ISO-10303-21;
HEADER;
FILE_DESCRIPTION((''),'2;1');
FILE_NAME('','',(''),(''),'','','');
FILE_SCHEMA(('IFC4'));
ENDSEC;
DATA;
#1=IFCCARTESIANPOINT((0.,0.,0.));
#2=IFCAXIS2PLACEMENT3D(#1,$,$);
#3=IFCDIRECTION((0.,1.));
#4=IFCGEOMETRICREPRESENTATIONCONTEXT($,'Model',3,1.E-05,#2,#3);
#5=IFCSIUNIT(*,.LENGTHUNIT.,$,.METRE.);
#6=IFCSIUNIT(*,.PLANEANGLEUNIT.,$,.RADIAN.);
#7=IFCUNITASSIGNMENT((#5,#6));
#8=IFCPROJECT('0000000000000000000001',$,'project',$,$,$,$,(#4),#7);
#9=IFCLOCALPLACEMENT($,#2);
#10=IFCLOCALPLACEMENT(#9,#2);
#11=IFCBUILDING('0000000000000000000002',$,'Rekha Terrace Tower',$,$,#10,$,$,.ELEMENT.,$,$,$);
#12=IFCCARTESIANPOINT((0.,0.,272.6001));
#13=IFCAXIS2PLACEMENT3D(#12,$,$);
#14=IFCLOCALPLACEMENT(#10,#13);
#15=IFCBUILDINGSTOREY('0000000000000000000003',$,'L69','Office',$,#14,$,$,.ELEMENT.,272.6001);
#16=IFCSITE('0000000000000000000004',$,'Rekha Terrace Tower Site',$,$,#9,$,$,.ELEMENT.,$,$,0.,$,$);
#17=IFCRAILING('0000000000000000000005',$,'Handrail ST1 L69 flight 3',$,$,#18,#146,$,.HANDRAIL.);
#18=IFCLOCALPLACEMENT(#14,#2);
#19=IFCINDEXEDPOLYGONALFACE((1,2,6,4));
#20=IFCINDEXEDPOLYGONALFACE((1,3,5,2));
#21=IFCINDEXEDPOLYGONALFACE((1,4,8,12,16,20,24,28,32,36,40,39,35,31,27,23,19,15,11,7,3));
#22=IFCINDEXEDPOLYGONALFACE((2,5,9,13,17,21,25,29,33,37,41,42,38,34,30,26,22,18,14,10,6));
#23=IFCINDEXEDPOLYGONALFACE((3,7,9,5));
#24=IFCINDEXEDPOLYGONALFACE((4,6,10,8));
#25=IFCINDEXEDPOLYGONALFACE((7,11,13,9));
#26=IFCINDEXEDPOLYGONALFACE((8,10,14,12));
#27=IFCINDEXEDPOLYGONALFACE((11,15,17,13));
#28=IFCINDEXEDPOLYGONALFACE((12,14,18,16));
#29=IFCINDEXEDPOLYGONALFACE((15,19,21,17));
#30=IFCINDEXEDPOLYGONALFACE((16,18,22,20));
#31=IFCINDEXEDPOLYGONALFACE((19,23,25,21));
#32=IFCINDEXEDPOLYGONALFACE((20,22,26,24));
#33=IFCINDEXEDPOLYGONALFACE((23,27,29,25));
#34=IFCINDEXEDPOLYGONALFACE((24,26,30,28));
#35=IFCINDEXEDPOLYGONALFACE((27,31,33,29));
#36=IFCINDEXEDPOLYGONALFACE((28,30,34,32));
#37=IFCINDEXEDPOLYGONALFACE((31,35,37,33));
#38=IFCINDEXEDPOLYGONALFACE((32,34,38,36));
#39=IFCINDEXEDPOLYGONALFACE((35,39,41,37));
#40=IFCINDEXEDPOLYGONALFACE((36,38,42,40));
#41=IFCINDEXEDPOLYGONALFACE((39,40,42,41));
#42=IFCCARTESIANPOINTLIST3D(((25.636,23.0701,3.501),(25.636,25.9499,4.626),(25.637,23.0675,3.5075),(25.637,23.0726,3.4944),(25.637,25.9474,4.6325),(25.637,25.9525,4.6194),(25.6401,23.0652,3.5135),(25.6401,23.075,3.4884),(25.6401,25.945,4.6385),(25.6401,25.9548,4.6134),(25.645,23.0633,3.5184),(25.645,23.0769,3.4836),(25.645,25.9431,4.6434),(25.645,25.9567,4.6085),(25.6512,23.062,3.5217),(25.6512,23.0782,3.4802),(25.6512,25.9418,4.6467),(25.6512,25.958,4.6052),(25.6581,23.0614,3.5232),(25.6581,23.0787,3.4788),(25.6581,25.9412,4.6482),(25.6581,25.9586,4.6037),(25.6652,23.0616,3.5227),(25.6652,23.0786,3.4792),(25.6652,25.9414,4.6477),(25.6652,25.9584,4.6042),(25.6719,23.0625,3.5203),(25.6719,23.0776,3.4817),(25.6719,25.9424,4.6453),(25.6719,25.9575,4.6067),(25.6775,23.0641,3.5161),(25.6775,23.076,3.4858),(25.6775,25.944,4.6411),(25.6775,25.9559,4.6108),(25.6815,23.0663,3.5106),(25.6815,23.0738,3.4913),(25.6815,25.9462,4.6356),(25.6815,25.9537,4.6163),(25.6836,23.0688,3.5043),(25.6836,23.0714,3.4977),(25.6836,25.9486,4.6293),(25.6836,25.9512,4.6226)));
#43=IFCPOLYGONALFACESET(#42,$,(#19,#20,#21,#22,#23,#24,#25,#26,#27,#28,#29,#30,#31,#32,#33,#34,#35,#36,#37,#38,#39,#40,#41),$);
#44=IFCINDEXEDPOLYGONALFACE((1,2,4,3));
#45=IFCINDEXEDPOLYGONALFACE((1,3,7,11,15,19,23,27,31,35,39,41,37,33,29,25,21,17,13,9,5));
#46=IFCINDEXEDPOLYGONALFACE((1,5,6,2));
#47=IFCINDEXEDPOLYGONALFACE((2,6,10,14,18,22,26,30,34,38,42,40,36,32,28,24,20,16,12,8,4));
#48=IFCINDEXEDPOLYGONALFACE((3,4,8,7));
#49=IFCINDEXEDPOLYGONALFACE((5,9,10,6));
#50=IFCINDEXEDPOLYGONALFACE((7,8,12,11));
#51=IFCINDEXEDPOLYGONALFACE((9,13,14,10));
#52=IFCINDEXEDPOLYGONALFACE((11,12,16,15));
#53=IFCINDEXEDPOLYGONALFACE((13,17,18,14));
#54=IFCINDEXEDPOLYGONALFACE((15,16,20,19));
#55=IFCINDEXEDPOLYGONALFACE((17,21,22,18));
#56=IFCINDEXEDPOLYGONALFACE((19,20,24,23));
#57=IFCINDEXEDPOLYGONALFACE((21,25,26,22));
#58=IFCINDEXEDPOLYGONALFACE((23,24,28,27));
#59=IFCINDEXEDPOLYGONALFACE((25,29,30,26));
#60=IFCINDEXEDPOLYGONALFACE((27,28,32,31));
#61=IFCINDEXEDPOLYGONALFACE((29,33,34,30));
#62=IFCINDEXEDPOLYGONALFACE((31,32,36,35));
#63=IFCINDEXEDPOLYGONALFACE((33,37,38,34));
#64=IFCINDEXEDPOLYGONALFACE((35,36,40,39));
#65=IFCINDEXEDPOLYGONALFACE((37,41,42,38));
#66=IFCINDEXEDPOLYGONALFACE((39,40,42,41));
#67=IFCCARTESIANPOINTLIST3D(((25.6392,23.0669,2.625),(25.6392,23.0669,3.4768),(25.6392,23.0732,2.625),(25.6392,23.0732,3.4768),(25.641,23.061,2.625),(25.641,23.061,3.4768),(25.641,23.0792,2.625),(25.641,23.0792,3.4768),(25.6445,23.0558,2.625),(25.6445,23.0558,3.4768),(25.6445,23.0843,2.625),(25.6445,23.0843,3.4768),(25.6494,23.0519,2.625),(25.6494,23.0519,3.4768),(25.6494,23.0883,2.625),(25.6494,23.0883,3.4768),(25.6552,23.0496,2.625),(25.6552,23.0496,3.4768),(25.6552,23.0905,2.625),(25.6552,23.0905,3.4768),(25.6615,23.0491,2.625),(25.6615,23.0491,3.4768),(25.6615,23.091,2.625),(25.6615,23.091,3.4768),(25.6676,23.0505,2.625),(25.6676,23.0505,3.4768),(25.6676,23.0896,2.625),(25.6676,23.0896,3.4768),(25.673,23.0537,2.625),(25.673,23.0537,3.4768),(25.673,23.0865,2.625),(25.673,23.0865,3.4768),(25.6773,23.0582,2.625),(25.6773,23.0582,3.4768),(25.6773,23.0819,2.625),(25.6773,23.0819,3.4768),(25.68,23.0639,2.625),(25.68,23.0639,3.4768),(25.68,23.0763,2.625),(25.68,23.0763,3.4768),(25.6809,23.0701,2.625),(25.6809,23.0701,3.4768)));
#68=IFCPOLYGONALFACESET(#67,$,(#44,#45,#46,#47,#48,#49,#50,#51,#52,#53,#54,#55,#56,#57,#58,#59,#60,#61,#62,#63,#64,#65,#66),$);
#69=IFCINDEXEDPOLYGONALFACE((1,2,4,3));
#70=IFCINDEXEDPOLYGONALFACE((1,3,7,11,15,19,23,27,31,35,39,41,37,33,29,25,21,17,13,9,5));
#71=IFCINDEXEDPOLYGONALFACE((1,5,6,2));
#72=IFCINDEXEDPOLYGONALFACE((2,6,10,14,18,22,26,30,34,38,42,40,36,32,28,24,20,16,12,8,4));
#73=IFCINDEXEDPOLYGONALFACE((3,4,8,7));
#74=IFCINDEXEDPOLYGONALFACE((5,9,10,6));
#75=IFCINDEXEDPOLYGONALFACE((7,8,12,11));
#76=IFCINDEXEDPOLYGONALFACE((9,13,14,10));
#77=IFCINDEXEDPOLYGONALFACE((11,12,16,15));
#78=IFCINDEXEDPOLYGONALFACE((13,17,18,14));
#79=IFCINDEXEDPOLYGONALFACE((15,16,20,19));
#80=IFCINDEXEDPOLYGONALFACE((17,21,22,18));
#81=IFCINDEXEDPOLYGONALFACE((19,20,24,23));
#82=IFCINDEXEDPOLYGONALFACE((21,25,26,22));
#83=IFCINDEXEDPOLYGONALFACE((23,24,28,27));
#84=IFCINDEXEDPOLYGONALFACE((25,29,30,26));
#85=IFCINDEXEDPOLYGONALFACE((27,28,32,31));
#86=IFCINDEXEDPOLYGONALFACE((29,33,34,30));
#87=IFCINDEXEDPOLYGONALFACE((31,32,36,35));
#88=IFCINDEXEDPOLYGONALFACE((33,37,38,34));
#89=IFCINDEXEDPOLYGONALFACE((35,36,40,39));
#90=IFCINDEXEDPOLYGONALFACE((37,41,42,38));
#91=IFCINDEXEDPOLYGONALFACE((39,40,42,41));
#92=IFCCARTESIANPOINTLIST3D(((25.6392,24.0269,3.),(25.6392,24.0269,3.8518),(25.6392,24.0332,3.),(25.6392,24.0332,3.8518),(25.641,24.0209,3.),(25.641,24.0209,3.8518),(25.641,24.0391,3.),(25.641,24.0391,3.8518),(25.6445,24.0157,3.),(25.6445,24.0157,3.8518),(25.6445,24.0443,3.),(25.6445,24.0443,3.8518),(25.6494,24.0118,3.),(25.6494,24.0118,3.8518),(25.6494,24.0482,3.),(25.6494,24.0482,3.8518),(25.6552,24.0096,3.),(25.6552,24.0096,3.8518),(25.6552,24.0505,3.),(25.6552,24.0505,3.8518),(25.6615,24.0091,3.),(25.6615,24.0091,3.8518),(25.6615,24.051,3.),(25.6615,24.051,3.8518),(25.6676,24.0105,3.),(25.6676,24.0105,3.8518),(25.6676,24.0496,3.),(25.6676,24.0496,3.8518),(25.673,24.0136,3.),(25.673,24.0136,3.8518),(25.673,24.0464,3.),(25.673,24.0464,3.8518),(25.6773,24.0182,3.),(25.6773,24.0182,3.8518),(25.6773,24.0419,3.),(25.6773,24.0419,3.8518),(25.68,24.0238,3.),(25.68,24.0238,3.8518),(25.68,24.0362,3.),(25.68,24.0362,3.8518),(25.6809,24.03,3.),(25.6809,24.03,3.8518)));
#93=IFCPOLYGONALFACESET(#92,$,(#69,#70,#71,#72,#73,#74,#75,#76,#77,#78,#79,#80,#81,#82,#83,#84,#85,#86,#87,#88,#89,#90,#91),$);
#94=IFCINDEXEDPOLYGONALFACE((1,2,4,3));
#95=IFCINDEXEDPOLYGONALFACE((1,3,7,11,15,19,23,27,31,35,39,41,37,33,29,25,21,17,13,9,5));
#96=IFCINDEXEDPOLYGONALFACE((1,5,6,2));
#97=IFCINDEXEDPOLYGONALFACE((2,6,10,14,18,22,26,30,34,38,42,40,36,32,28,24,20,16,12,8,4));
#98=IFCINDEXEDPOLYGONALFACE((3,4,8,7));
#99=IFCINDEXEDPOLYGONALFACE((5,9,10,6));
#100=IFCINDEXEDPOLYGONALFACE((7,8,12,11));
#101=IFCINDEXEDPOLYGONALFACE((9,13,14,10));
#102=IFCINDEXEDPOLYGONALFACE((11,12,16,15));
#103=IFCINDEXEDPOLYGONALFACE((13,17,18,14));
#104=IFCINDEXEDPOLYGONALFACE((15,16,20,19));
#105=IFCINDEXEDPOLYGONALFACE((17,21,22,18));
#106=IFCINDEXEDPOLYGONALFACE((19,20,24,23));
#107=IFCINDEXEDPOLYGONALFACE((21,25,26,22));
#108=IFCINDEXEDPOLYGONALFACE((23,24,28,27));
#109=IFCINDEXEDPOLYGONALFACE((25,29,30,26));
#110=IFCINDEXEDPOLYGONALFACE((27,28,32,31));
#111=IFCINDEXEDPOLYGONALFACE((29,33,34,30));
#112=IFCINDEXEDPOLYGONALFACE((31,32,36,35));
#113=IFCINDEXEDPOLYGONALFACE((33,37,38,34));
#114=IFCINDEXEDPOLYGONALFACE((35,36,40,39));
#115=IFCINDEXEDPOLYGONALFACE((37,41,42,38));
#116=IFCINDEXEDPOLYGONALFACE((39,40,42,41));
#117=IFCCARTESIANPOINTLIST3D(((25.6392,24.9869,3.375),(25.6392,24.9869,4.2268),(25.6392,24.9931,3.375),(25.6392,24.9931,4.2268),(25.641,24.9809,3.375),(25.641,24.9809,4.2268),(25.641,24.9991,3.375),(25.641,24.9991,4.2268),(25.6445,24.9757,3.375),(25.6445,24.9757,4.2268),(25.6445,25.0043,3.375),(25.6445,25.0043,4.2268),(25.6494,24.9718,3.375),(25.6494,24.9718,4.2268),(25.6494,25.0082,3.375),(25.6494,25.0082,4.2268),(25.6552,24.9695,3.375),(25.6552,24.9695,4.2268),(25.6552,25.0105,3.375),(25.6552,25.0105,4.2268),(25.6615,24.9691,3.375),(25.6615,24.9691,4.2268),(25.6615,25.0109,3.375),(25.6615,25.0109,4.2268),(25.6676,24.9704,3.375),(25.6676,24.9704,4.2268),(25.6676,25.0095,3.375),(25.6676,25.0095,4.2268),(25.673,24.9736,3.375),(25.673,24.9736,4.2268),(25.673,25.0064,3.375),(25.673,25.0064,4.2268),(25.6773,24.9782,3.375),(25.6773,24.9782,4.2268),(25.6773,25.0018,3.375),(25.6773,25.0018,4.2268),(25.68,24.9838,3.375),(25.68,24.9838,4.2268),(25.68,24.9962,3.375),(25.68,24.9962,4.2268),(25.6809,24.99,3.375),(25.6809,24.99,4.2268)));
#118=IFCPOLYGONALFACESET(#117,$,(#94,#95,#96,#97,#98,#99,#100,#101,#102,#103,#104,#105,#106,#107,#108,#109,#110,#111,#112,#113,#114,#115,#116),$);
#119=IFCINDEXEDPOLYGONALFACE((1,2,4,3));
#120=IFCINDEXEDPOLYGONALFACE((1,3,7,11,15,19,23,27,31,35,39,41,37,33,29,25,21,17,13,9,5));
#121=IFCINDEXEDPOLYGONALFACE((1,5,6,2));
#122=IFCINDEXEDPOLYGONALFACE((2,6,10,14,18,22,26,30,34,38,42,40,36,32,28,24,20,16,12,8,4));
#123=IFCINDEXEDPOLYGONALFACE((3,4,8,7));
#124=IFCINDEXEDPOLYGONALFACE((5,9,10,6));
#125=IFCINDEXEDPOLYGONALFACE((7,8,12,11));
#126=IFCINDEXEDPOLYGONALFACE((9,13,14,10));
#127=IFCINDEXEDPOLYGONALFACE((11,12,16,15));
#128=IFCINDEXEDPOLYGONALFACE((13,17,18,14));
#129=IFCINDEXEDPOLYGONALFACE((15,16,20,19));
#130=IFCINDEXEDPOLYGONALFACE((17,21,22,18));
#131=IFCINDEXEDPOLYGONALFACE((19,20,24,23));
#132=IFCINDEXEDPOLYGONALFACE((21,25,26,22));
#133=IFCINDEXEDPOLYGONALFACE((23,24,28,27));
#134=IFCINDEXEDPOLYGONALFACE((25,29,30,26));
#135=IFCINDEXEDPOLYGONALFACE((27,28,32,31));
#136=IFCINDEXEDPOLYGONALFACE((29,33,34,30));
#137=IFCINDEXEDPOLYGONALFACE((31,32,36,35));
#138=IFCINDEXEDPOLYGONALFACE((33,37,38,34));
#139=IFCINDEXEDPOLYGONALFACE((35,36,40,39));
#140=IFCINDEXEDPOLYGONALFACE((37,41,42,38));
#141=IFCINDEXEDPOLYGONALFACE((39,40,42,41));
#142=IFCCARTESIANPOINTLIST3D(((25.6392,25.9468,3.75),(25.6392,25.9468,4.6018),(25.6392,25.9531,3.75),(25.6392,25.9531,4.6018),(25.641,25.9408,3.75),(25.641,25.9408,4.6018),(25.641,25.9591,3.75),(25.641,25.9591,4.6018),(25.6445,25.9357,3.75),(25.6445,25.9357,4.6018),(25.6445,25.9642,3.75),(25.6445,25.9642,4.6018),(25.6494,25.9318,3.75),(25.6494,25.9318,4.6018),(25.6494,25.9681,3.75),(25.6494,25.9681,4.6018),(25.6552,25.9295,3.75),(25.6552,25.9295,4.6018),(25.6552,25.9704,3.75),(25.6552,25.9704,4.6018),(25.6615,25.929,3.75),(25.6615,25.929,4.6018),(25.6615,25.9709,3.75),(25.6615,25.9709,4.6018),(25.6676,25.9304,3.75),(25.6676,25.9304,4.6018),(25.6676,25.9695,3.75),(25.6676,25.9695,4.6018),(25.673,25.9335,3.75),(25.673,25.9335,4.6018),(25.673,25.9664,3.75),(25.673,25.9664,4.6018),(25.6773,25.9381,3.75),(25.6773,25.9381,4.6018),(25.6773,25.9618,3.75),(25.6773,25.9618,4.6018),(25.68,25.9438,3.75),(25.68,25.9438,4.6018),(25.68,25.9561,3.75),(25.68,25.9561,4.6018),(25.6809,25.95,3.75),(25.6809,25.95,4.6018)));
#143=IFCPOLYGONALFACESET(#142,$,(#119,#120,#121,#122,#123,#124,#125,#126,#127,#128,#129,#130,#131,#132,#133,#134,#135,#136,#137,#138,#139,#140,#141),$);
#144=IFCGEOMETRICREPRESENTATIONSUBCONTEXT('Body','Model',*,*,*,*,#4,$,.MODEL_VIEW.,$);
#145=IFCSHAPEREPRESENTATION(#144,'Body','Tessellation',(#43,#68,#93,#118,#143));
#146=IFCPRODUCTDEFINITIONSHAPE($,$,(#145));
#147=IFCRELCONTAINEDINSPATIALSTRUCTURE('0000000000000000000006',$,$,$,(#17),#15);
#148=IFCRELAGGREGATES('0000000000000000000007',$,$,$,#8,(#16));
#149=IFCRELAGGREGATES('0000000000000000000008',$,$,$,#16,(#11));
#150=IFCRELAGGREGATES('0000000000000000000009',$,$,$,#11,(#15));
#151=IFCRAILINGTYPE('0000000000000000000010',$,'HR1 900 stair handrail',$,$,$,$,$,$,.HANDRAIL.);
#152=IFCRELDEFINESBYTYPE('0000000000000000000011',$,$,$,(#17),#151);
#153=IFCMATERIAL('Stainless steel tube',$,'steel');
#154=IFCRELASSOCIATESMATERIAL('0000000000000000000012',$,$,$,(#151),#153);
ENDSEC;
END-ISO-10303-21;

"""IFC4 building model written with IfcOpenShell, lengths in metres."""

from ifc_helpers import new_model, si_unit, direction, frame, origin, origin_2d, place, context, subcontext, project, spatial, circle, extrude, material, type_object, element, save


model = new_model("IFC4")

# Units and contexts
model_context = context("Model", 3, precision=1e-05, world=origin(), true_north=direction((0.0, 1.0)))
body_context = subcontext(model_context, "Body", "Model", "MODEL_VIEW")
ifc_project = project(units=[si_unit("LENGTHUNIT", "METRE"), si_unit("PLANEANGLEUNIT", "RADIAN")], contexts=[model_context])

# Site, building, storey
site_placement = place(None, origin())
site = spatial("IfcSite", under=ifc_project, at=site_placement, Name="Rekha Terrace Tower Site", CompositionType="ELEMENT", RefElevation=0.0)
building_placement = place(site_placement, origin())
building = spatial("IfcBuilding", under=site, at=building_placement, Name="Rekha Terrace Tower", CompositionType="ELEMENT")
storey_placement = place(building_placement, frame((0.0, 0.0, 272.6001)))
storey = spatial("IfcBuildingStorey", under=building, at=storey_placement, Name="L69", Description="Office", CompositionType="ELEMENT", Elevation=272.6001)

# Railing
ifc_material_1 = material(Name="Stainless steel tube", Category="steel")
railing_type_1 = type_object("IfcRailingType", Name="HR1 900 stair handrail", PredefinedType="HANDRAIL", material=ifc_material_1)
railing_1_placement = place(storey_placement, frame((25.6599, 23.0701, 2.625)))
element("IfcRailing", 1, at=railing_1_placement, inside=storey, type_object=railing_type_1, Name="Handrail ST1 L69 flight 3", PredefinedType="HANDRAIL", context=body_context, shape_type="SweptSolid", body=[
    extrude(circle(Radius=0.0239, at=origin_2d()), frame((0.0, 0.0, 0.876), z_axis=(0.0, 0.931452, 0.363863), x_axis=(-1.0, 0.0, 0.0)), (0.0, 0.0, 1.0), 3.0918),
    extrude(circle(Radius=0.021, at=origin_2d()), origin(), (0.0, 0.0, 1.0), 0.8518),
    extrude(circle(Radius=0.021, at=origin_2d()), frame((0.0, 0.96, 0.375)), (0.0, 0.0, 1.0), 0.8518),
    extrude(circle(Radius=0.021, at=origin_2d()), frame((0.0, 1.9199, 0.75)), (0.0, 0.0, 1.0), 0.8518),
    extrude(circle(Radius=0.021, at=origin_2d()), frame((0.0, 2.8799, 1.125)), (0.0, 0.0, 1.0), 0.8518),
])

save(model, "model.ifc")
